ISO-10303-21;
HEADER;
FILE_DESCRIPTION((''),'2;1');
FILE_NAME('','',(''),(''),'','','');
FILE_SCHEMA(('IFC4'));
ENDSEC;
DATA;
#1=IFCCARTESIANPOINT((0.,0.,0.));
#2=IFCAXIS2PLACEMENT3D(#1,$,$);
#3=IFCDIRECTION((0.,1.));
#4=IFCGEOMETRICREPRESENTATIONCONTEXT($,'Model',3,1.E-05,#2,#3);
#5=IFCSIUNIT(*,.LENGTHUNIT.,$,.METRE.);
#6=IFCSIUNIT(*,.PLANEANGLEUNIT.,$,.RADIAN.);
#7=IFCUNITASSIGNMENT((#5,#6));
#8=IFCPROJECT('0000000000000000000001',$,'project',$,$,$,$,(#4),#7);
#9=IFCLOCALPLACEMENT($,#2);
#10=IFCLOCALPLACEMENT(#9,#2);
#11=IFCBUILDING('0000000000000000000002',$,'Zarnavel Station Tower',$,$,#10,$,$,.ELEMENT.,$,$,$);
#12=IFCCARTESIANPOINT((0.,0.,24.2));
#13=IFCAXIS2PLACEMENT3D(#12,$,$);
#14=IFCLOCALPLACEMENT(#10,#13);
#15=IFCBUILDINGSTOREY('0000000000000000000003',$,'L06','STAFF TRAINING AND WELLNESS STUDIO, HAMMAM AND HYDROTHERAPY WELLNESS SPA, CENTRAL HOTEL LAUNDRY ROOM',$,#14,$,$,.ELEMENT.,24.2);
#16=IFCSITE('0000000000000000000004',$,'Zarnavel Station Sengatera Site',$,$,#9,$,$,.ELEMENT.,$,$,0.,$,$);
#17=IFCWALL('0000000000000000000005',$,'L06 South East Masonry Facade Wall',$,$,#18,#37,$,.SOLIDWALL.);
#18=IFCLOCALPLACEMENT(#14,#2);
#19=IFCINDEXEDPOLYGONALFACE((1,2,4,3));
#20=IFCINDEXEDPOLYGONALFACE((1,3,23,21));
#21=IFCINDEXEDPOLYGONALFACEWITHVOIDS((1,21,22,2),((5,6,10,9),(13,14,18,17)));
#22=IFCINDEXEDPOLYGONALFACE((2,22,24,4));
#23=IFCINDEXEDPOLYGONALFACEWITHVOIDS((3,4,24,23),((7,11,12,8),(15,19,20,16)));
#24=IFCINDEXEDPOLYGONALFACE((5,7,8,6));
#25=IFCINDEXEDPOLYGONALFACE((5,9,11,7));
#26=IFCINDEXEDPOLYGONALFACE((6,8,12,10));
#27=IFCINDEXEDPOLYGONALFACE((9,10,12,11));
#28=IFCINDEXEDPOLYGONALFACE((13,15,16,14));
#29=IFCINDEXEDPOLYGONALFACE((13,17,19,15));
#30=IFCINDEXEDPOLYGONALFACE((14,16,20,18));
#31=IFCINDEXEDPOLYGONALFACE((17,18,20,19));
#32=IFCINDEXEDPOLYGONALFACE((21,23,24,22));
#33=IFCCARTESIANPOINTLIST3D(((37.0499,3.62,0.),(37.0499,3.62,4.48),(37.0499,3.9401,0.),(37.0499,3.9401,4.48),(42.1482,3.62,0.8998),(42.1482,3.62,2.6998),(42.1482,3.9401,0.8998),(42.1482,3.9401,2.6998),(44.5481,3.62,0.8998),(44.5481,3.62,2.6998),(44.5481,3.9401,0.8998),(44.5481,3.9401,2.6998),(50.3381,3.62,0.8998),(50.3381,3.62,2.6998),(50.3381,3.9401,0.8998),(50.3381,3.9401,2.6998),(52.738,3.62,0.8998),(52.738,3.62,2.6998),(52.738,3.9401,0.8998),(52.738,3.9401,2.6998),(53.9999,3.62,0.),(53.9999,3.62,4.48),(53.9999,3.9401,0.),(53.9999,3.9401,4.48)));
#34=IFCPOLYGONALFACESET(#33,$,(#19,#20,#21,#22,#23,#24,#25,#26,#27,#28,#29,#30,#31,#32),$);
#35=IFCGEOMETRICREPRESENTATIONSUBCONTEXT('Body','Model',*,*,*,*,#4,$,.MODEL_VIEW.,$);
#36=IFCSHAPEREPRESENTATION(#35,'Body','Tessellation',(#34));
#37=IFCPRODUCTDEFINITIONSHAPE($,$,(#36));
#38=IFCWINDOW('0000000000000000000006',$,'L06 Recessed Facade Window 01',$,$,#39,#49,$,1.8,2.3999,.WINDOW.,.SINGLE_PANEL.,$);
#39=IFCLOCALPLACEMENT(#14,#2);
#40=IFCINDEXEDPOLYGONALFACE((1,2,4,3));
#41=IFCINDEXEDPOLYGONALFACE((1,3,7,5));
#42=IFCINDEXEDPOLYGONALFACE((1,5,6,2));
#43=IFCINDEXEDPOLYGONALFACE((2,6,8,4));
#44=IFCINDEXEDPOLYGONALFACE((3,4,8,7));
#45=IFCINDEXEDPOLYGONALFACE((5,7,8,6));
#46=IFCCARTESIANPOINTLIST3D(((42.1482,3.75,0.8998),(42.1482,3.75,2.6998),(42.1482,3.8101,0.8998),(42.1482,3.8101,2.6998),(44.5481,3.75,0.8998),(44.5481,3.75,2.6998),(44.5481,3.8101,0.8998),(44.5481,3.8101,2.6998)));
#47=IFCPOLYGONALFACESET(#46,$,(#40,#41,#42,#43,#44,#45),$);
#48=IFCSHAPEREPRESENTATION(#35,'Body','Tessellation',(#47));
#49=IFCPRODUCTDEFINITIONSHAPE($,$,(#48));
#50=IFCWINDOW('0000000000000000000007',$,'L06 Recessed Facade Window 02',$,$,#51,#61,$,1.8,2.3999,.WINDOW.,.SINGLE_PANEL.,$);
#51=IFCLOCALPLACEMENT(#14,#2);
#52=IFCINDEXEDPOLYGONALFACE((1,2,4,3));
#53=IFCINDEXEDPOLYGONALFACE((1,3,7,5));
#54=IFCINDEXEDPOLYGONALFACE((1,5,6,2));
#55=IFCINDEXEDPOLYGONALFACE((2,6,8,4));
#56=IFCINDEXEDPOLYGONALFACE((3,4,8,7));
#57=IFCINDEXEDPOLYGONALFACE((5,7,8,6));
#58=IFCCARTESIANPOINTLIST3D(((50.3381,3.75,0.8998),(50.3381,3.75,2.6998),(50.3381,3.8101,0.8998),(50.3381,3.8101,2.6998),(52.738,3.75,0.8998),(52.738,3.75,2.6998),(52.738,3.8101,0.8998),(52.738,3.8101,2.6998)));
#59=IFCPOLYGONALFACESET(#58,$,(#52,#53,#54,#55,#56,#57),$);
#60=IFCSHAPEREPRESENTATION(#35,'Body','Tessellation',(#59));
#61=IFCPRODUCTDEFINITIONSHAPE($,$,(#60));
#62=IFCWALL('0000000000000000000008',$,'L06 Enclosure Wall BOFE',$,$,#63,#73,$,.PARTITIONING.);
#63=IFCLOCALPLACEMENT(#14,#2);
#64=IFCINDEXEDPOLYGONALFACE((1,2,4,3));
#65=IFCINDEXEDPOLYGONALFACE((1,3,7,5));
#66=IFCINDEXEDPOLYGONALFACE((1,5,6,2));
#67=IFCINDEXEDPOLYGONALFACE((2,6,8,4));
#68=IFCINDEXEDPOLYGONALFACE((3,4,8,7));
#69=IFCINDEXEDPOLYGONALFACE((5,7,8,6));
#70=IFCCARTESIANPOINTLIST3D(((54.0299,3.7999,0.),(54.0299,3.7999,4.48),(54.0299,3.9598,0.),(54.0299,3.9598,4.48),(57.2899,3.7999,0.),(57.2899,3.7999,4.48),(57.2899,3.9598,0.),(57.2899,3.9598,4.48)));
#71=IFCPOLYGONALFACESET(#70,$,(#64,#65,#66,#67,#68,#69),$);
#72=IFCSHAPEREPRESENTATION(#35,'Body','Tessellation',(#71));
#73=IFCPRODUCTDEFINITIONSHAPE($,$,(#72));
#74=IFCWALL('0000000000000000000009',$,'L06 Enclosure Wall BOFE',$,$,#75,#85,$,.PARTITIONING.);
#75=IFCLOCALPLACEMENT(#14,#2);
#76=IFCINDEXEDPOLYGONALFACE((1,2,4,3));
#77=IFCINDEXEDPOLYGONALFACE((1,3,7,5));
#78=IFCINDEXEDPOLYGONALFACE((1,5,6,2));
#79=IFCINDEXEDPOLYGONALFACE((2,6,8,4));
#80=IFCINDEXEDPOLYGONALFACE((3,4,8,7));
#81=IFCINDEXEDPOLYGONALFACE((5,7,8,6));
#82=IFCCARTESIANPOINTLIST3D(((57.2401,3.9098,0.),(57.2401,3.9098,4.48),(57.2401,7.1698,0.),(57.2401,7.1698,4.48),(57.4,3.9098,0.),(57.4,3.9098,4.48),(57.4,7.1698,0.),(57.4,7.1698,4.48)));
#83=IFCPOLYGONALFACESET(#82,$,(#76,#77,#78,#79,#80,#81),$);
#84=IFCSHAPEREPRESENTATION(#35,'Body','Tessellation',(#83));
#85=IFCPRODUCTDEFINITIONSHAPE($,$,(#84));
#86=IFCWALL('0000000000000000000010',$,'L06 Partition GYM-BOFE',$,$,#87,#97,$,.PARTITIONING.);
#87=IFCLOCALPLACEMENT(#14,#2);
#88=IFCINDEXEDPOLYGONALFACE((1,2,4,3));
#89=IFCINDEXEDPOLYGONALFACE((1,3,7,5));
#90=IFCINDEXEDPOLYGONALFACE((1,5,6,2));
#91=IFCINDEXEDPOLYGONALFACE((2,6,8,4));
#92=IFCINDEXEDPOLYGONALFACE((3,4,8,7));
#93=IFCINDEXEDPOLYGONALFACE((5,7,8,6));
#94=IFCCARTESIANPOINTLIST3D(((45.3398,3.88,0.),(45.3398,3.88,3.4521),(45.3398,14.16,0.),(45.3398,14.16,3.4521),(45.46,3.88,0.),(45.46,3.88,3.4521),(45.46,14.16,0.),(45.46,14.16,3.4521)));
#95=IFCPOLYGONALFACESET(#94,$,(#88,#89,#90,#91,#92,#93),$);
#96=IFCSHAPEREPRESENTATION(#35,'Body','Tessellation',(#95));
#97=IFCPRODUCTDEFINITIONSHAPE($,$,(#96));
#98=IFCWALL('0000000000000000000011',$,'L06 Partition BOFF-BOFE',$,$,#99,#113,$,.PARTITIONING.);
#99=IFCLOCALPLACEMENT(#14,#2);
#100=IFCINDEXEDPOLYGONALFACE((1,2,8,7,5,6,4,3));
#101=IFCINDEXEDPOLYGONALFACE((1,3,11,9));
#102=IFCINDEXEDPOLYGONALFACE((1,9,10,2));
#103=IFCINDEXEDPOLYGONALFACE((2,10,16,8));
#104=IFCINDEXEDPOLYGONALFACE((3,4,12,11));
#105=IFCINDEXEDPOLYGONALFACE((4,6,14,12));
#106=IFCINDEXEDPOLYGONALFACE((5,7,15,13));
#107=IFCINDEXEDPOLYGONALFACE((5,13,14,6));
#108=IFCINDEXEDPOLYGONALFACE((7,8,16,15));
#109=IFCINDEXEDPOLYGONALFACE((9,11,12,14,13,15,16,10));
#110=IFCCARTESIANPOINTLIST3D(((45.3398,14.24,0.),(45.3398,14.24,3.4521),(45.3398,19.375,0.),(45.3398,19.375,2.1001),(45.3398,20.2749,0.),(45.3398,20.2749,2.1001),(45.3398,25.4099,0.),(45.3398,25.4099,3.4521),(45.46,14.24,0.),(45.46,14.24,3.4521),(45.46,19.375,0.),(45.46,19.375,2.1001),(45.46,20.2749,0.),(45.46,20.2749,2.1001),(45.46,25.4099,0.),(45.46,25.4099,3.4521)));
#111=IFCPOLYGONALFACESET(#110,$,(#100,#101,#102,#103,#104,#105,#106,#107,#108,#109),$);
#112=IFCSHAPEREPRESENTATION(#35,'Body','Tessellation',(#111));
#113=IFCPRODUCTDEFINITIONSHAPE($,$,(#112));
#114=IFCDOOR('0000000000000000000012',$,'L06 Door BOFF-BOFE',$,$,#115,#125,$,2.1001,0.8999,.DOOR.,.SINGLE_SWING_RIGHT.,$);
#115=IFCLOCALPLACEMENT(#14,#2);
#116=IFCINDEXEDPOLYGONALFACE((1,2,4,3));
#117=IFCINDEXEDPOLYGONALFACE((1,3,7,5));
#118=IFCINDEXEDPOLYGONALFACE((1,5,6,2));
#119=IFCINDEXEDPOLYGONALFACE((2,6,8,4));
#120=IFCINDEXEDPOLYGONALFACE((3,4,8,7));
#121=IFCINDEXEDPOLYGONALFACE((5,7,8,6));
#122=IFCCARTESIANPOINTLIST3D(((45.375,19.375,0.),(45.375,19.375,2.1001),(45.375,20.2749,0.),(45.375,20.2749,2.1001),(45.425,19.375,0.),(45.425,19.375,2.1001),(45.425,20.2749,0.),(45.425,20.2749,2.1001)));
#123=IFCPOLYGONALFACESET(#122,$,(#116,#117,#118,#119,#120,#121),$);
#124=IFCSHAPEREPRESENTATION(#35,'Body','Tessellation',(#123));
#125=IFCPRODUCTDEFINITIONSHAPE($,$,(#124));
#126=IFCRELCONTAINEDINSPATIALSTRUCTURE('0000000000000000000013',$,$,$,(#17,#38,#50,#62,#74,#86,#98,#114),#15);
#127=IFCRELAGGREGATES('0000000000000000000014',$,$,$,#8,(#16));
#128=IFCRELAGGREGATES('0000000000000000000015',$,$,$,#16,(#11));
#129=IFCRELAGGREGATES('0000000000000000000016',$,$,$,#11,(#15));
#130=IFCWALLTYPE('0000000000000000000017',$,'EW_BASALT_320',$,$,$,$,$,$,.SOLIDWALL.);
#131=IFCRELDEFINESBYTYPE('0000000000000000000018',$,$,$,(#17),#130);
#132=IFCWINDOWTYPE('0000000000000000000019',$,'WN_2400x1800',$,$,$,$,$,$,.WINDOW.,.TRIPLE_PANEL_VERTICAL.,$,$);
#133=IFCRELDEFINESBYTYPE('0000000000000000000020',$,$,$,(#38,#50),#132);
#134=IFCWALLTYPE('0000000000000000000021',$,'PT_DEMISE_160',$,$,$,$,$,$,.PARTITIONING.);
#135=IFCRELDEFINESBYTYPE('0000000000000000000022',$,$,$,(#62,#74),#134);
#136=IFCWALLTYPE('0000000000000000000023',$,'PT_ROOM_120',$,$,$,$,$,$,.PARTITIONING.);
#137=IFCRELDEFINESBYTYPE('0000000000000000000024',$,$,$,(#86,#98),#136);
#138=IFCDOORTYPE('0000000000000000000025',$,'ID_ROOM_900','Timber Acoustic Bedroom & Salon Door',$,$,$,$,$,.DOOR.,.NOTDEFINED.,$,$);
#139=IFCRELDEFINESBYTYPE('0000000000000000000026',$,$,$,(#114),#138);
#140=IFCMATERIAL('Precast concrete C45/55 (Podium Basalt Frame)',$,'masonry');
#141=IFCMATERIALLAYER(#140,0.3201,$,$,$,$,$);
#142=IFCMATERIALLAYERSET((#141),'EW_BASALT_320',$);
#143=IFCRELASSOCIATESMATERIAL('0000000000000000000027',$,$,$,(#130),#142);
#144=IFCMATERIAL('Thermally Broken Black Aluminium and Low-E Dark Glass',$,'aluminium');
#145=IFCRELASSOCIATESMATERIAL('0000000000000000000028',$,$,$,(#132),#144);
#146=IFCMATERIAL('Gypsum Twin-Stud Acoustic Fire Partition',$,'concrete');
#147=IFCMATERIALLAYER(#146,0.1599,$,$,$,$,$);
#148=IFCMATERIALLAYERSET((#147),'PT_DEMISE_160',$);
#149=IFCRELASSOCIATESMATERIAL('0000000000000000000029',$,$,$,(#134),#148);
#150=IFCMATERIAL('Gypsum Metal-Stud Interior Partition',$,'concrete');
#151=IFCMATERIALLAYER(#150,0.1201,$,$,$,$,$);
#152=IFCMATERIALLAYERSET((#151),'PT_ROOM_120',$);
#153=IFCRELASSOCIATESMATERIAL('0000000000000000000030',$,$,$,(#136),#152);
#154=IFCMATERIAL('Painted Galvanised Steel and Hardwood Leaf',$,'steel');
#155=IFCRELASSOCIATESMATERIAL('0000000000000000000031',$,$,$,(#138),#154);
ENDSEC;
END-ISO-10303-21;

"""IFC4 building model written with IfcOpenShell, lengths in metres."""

from ifc_helpers import new_model, si_unit, direction, frame, frame_2d, origin, place, context, subcontext, project, spatial, rectangle, extrude, material, layer, layer_set, type_object, element, fill, save


model = new_model("IFC4")

# Units and contexts
model_context = context("Model", 3, precision=1e-05, world=origin(), true_north=direction((0.0, 1.0)))
body_context = subcontext(model_context, "Body", "Model", "MODEL_VIEW")
ifc_project = project(units=[si_unit("LENGTHUNIT", "METRE"), si_unit("PLANEANGLEUNIT", "RADIAN")], contexts=[model_context])

# Site, building, storey
site_placement = place(None, origin())
site = spatial("IfcSite", under=ifc_project, at=site_placement, Name="Zarnavel Station Sengatera Site", CompositionType="ELEMENT", RefElevation=0.0)
building_placement = place(site_placement, origin())
building = spatial("IfcBuilding", under=site, at=building_placement, Name="Zarnavel Station Tower", CompositionType="ELEMENT")
storey_placement = place(building_placement, frame((0.0, 0.0, 24.2)))
storey = spatial("IfcBuildingStorey", under=building, at=storey_placement, Name="L06", Description="STAFF TRAINING AND WELLNESS STUDIO, HAMMAM AND HYDROTHERAPY WELLNESS SPA, CENTRAL HOTEL LAUNDRY ROOM", CompositionType="ELEMENT", Elevation=24.2)

# Shared definitions
ifc_material_1 = material(Name="Precast concrete C45/55 (Podium Basalt Frame)", Category="masonry")
ifc_layer_1 = layer(ifc_material_1, 0.3201)
ifc_layer_set_1 = layer_set([ifc_layer_1], Name="EW_BASALT_320")
wall_type_1 = type_object("IfcWallType", Name="EW_BASALT_320", PredefinedType="SOLIDWALL", material=ifc_layer_set_1)

# Wall, openings, windows
wall_1_placement = place(storey_placement, frame((54.0, 3.78, 0.0), z_axis=(0.0, 0.0, 1.0), x_axis=(-1.0, 0.0, 0.0)))
wall_1 = element("IfcWall", 1, at=wall_1_placement, inside=storey, type_object=wall_type_1, Name="L06 South East Masonry Facade Wall", PredefinedType="SOLIDWALL", context=body_context, shape_type="SweptSolid", body=[
    extrude(rectangle(XDim=16.95, YDim=0.3201, at=frame_2d((8.4751, 0.0))), origin(), (0.0, 0.0, 1.0), 4.48),
])
opening_1_placement = place(wall_1_placement, frame((9.4519, 0.0, 0.8999)))
opening_1 = element("IfcOpeningElement", 2, at=opening_1_placement, cuts=wall_1, PredefinedType="OPENING", context=body_context, shape_type="SweptSolid", body=[
    extrude(rectangle(XDim=2.3999, YDim=1.8, at=frame_2d((1.2, 0.8999))), frame((0.0, 0.1699, 0.0), z_axis=(0.0, -1.0, 0.0), x_axis=(1.0, 0.0, 0.0)), (0.0, 0.0, 1.0), 0.3401),
])
opening_2_placement = place(wall_1_placement, frame((1.262, 0.0, 0.8999)))
opening_2 = element("IfcOpeningElement", 3, at=opening_2_placement, cuts=wall_1, PredefinedType="OPENING", context=body_context, shape_type="SweptSolid", body=[
    extrude(rectangle(XDim=2.3999, YDim=1.8, at=frame_2d((1.2, 0.8999))), frame((0.0, 0.1699, 0.0), z_axis=(0.0, -1.0, 0.0), x_axis=(1.0, 0.0, 0.0)), (0.0, 0.0, 1.0), 0.3401),
])
ifc_material_2 = material(Name="Thermally Broken Black Aluminium and Low-E Dark Glass", Category="aluminium")
window_type = type_object("IfcWindowType", Name="WN_2400x1800", PartitioningType="TRIPLE_PANEL_VERTICAL", PredefinedType="WINDOW", material=ifc_material_2)
window_1_placement = place(opening_1_placement, origin())
window_1 = element("IfcWindow", 4, at=window_1_placement, inside=storey, type_object=window_type, Name="L06 Recessed Facade Window 01", OverallHeight=1.8, OverallWidth=2.3999, PartitioningType="SINGLE_PANEL", PredefinedType="WINDOW", context=body_context, shape_type="SweptSolid", body=[
    extrude(rectangle(XDim=2.3999, YDim=1.8, at=frame_2d((1.2, 0.8999))), frame((0.0, 0.03, 0.0), z_axis=(0.0, -1.0, 0.0), x_axis=(1.0, 0.0, 0.0)), (0.0, 0.0, 1.0), 0.0601),
])
fill(opening_1, window_1)
window_2_placement = place(opening_2_placement, origin())
window_2 = element("IfcWindow", 5, at=window_2_placement, inside=storey, type_object=window_type, Name="L06 Recessed Facade Window 02", OverallHeight=1.8, OverallWidth=2.3999, PartitioningType="SINGLE_PANEL", PredefinedType="WINDOW", context=body_context, shape_type="SweptSolid", body=[
    extrude(rectangle(XDim=2.3999, YDim=1.8, at=frame_2d((1.2, 0.8999))), frame((0.0, 0.03, 0.0), z_axis=(0.0, -1.0, 0.0), x_axis=(1.0, 0.0, 0.0)), (0.0, 0.0, 1.0), 0.0601),
])
fill(opening_2, window_2)

# Walls
ifc_material_3 = material(Name="Gypsum Twin-Stud Acoustic Fire Partition", Category="concrete")
ifc_layer_2 = layer(ifc_material_3, 0.1599)
ifc_layer_set_2 = layer_set([ifc_layer_2], Name="PT_DEMISE_160")
wall_type_2 = type_object("IfcWallType", Name="PT_DEMISE_160", PredefinedType="PARTITIONING", material=ifc_layer_set_2)
for number, where, z_axis, x_axis, name in (
    (6, (54.03, 3.8799, 0.0), (0.0, 0.0, 1.0), (1.0, 0.0, 0.0), "L06 Enclosure Wall BOFE"),
    (7, (57.3201, 3.9099, 0.0), (0.0, 0.0, 1.0), (0.0, 1.0, 0.0), "L06 Enclosure Wall BOFE"),
):
    element("IfcWall", number, at=place(storey_placement, frame(where, z_axis=z_axis, x_axis=x_axis)), inside=storey, type_object=wall_type_2, Name=name, PredefinedType="PARTITIONING", context=body_context, shape_type="SweptSolid", body=[
        extrude(rectangle(XDim=3.26, YDim=0.1599, at=frame_2d((1.6299, 0.0))), origin(), (0.0, 0.0, 1.0), 4.48),
    ])
ifc_material_4 = material(Name="Gypsum Metal-Stud Interior Partition", Category="concrete")
ifc_layer_3 = layer(ifc_material_4, 0.1201)
ifc_layer_set_3 = layer_set([ifc_layer_3], Name="PT_ROOM_120")
wall_type_3 = type_object("IfcWallType", Name="PT_ROOM_120", PredefinedType="PARTITIONING", material=ifc_layer_set_3)
wall_2_placement = place(storey_placement, frame((45.3999, 3.8799, 0.0), z_axis=(0.0, 0.0, 1.0), x_axis=(0.0, 1.0, 0.0)))
element("IfcWall", 8, at=wall_2_placement, inside=storey, type_object=wall_type_3, Name="L06 Partition GYM-BOFE", PredefinedType="PARTITIONING", context=body_context, shape_type="SweptSolid", body=[
    extrude(rectangle(XDim=10.28, YDim=0.1201, at=frame_2d((5.1401, 0.0))), origin(), (0.0, 0.0, 1.0), 3.4521),
])

# Wall, opening, door
wall_3_placement = place(storey_placement, frame((45.3999, 14.24, 0.0), z_axis=(0.0, 0.0, 1.0), x_axis=(0.0, 1.0, 0.0)))
wall_3 = element("IfcWall", 9, at=wall_3_placement, inside=storey, type_object=wall_type_3, Name="L06 Partition BOFF-BOFE", PredefinedType="PARTITIONING", context=body_context, shape_type="SweptSolid", body=[
    extrude(rectangle(XDim=11.1699, YDim=0.1201, at=frame_2d((5.585, 0.0))), origin(), (0.0, 0.0, 1.0), 3.4521),
])
opening_3_placement = place(wall_3_placement, frame((5.135, 0.0, 0.0)))
opening_3 = element("IfcOpeningElement", 10, at=opening_3_placement, cuts=wall_3, PredefinedType="OPENING", context=body_context, shape_type="SweptSolid", body=[
    extrude(rectangle(XDim=0.8999, YDim=2.1001, at=frame_2d((0.45, 1.05))), frame((0.0, 0.0701, 0.0), z_axis=(0.0, -1.0, 0.0), x_axis=(1.0, 0.0, 0.0)), (0.0, 0.0, 1.0), 0.1401),
])
ifc_material_5 = material(Name="Painted Galvanised Steel and Hardwood Leaf", Category="steel")
door_type = type_object("IfcDoorType", Name="ID_ROOM_900", Description="Timber Acoustic Bedroom & Salon Door", OperationType="NOTDEFINED", PredefinedType="DOOR", material=ifc_material_5)
door_placement = place(opening_3_placement, origin())
door = element("IfcDoor", 11, at=door_placement, inside=storey, type_object=door_type, Name="L06 Door BOFF-BOFE", OperationType="SINGLE_SWING_RIGHT", OverallHeight=2.1001, OverallWidth=0.8999, PredefinedType="DOOR", context=body_context, shape_type="SweptSolid", body=[
    extrude(rectangle(XDim=0.8999, YDim=2.1001, at=frame_2d((0.45, 1.05))), frame((0.0, 0.0249, 0.0), z_axis=(0.0, -1.0, 0.0), x_axis=(1.0, 0.0, 0.0)), (0.0, 0.0, 1.0), 0.05),
])
fill(opening_3, door)

save(model, "model.ifc")
